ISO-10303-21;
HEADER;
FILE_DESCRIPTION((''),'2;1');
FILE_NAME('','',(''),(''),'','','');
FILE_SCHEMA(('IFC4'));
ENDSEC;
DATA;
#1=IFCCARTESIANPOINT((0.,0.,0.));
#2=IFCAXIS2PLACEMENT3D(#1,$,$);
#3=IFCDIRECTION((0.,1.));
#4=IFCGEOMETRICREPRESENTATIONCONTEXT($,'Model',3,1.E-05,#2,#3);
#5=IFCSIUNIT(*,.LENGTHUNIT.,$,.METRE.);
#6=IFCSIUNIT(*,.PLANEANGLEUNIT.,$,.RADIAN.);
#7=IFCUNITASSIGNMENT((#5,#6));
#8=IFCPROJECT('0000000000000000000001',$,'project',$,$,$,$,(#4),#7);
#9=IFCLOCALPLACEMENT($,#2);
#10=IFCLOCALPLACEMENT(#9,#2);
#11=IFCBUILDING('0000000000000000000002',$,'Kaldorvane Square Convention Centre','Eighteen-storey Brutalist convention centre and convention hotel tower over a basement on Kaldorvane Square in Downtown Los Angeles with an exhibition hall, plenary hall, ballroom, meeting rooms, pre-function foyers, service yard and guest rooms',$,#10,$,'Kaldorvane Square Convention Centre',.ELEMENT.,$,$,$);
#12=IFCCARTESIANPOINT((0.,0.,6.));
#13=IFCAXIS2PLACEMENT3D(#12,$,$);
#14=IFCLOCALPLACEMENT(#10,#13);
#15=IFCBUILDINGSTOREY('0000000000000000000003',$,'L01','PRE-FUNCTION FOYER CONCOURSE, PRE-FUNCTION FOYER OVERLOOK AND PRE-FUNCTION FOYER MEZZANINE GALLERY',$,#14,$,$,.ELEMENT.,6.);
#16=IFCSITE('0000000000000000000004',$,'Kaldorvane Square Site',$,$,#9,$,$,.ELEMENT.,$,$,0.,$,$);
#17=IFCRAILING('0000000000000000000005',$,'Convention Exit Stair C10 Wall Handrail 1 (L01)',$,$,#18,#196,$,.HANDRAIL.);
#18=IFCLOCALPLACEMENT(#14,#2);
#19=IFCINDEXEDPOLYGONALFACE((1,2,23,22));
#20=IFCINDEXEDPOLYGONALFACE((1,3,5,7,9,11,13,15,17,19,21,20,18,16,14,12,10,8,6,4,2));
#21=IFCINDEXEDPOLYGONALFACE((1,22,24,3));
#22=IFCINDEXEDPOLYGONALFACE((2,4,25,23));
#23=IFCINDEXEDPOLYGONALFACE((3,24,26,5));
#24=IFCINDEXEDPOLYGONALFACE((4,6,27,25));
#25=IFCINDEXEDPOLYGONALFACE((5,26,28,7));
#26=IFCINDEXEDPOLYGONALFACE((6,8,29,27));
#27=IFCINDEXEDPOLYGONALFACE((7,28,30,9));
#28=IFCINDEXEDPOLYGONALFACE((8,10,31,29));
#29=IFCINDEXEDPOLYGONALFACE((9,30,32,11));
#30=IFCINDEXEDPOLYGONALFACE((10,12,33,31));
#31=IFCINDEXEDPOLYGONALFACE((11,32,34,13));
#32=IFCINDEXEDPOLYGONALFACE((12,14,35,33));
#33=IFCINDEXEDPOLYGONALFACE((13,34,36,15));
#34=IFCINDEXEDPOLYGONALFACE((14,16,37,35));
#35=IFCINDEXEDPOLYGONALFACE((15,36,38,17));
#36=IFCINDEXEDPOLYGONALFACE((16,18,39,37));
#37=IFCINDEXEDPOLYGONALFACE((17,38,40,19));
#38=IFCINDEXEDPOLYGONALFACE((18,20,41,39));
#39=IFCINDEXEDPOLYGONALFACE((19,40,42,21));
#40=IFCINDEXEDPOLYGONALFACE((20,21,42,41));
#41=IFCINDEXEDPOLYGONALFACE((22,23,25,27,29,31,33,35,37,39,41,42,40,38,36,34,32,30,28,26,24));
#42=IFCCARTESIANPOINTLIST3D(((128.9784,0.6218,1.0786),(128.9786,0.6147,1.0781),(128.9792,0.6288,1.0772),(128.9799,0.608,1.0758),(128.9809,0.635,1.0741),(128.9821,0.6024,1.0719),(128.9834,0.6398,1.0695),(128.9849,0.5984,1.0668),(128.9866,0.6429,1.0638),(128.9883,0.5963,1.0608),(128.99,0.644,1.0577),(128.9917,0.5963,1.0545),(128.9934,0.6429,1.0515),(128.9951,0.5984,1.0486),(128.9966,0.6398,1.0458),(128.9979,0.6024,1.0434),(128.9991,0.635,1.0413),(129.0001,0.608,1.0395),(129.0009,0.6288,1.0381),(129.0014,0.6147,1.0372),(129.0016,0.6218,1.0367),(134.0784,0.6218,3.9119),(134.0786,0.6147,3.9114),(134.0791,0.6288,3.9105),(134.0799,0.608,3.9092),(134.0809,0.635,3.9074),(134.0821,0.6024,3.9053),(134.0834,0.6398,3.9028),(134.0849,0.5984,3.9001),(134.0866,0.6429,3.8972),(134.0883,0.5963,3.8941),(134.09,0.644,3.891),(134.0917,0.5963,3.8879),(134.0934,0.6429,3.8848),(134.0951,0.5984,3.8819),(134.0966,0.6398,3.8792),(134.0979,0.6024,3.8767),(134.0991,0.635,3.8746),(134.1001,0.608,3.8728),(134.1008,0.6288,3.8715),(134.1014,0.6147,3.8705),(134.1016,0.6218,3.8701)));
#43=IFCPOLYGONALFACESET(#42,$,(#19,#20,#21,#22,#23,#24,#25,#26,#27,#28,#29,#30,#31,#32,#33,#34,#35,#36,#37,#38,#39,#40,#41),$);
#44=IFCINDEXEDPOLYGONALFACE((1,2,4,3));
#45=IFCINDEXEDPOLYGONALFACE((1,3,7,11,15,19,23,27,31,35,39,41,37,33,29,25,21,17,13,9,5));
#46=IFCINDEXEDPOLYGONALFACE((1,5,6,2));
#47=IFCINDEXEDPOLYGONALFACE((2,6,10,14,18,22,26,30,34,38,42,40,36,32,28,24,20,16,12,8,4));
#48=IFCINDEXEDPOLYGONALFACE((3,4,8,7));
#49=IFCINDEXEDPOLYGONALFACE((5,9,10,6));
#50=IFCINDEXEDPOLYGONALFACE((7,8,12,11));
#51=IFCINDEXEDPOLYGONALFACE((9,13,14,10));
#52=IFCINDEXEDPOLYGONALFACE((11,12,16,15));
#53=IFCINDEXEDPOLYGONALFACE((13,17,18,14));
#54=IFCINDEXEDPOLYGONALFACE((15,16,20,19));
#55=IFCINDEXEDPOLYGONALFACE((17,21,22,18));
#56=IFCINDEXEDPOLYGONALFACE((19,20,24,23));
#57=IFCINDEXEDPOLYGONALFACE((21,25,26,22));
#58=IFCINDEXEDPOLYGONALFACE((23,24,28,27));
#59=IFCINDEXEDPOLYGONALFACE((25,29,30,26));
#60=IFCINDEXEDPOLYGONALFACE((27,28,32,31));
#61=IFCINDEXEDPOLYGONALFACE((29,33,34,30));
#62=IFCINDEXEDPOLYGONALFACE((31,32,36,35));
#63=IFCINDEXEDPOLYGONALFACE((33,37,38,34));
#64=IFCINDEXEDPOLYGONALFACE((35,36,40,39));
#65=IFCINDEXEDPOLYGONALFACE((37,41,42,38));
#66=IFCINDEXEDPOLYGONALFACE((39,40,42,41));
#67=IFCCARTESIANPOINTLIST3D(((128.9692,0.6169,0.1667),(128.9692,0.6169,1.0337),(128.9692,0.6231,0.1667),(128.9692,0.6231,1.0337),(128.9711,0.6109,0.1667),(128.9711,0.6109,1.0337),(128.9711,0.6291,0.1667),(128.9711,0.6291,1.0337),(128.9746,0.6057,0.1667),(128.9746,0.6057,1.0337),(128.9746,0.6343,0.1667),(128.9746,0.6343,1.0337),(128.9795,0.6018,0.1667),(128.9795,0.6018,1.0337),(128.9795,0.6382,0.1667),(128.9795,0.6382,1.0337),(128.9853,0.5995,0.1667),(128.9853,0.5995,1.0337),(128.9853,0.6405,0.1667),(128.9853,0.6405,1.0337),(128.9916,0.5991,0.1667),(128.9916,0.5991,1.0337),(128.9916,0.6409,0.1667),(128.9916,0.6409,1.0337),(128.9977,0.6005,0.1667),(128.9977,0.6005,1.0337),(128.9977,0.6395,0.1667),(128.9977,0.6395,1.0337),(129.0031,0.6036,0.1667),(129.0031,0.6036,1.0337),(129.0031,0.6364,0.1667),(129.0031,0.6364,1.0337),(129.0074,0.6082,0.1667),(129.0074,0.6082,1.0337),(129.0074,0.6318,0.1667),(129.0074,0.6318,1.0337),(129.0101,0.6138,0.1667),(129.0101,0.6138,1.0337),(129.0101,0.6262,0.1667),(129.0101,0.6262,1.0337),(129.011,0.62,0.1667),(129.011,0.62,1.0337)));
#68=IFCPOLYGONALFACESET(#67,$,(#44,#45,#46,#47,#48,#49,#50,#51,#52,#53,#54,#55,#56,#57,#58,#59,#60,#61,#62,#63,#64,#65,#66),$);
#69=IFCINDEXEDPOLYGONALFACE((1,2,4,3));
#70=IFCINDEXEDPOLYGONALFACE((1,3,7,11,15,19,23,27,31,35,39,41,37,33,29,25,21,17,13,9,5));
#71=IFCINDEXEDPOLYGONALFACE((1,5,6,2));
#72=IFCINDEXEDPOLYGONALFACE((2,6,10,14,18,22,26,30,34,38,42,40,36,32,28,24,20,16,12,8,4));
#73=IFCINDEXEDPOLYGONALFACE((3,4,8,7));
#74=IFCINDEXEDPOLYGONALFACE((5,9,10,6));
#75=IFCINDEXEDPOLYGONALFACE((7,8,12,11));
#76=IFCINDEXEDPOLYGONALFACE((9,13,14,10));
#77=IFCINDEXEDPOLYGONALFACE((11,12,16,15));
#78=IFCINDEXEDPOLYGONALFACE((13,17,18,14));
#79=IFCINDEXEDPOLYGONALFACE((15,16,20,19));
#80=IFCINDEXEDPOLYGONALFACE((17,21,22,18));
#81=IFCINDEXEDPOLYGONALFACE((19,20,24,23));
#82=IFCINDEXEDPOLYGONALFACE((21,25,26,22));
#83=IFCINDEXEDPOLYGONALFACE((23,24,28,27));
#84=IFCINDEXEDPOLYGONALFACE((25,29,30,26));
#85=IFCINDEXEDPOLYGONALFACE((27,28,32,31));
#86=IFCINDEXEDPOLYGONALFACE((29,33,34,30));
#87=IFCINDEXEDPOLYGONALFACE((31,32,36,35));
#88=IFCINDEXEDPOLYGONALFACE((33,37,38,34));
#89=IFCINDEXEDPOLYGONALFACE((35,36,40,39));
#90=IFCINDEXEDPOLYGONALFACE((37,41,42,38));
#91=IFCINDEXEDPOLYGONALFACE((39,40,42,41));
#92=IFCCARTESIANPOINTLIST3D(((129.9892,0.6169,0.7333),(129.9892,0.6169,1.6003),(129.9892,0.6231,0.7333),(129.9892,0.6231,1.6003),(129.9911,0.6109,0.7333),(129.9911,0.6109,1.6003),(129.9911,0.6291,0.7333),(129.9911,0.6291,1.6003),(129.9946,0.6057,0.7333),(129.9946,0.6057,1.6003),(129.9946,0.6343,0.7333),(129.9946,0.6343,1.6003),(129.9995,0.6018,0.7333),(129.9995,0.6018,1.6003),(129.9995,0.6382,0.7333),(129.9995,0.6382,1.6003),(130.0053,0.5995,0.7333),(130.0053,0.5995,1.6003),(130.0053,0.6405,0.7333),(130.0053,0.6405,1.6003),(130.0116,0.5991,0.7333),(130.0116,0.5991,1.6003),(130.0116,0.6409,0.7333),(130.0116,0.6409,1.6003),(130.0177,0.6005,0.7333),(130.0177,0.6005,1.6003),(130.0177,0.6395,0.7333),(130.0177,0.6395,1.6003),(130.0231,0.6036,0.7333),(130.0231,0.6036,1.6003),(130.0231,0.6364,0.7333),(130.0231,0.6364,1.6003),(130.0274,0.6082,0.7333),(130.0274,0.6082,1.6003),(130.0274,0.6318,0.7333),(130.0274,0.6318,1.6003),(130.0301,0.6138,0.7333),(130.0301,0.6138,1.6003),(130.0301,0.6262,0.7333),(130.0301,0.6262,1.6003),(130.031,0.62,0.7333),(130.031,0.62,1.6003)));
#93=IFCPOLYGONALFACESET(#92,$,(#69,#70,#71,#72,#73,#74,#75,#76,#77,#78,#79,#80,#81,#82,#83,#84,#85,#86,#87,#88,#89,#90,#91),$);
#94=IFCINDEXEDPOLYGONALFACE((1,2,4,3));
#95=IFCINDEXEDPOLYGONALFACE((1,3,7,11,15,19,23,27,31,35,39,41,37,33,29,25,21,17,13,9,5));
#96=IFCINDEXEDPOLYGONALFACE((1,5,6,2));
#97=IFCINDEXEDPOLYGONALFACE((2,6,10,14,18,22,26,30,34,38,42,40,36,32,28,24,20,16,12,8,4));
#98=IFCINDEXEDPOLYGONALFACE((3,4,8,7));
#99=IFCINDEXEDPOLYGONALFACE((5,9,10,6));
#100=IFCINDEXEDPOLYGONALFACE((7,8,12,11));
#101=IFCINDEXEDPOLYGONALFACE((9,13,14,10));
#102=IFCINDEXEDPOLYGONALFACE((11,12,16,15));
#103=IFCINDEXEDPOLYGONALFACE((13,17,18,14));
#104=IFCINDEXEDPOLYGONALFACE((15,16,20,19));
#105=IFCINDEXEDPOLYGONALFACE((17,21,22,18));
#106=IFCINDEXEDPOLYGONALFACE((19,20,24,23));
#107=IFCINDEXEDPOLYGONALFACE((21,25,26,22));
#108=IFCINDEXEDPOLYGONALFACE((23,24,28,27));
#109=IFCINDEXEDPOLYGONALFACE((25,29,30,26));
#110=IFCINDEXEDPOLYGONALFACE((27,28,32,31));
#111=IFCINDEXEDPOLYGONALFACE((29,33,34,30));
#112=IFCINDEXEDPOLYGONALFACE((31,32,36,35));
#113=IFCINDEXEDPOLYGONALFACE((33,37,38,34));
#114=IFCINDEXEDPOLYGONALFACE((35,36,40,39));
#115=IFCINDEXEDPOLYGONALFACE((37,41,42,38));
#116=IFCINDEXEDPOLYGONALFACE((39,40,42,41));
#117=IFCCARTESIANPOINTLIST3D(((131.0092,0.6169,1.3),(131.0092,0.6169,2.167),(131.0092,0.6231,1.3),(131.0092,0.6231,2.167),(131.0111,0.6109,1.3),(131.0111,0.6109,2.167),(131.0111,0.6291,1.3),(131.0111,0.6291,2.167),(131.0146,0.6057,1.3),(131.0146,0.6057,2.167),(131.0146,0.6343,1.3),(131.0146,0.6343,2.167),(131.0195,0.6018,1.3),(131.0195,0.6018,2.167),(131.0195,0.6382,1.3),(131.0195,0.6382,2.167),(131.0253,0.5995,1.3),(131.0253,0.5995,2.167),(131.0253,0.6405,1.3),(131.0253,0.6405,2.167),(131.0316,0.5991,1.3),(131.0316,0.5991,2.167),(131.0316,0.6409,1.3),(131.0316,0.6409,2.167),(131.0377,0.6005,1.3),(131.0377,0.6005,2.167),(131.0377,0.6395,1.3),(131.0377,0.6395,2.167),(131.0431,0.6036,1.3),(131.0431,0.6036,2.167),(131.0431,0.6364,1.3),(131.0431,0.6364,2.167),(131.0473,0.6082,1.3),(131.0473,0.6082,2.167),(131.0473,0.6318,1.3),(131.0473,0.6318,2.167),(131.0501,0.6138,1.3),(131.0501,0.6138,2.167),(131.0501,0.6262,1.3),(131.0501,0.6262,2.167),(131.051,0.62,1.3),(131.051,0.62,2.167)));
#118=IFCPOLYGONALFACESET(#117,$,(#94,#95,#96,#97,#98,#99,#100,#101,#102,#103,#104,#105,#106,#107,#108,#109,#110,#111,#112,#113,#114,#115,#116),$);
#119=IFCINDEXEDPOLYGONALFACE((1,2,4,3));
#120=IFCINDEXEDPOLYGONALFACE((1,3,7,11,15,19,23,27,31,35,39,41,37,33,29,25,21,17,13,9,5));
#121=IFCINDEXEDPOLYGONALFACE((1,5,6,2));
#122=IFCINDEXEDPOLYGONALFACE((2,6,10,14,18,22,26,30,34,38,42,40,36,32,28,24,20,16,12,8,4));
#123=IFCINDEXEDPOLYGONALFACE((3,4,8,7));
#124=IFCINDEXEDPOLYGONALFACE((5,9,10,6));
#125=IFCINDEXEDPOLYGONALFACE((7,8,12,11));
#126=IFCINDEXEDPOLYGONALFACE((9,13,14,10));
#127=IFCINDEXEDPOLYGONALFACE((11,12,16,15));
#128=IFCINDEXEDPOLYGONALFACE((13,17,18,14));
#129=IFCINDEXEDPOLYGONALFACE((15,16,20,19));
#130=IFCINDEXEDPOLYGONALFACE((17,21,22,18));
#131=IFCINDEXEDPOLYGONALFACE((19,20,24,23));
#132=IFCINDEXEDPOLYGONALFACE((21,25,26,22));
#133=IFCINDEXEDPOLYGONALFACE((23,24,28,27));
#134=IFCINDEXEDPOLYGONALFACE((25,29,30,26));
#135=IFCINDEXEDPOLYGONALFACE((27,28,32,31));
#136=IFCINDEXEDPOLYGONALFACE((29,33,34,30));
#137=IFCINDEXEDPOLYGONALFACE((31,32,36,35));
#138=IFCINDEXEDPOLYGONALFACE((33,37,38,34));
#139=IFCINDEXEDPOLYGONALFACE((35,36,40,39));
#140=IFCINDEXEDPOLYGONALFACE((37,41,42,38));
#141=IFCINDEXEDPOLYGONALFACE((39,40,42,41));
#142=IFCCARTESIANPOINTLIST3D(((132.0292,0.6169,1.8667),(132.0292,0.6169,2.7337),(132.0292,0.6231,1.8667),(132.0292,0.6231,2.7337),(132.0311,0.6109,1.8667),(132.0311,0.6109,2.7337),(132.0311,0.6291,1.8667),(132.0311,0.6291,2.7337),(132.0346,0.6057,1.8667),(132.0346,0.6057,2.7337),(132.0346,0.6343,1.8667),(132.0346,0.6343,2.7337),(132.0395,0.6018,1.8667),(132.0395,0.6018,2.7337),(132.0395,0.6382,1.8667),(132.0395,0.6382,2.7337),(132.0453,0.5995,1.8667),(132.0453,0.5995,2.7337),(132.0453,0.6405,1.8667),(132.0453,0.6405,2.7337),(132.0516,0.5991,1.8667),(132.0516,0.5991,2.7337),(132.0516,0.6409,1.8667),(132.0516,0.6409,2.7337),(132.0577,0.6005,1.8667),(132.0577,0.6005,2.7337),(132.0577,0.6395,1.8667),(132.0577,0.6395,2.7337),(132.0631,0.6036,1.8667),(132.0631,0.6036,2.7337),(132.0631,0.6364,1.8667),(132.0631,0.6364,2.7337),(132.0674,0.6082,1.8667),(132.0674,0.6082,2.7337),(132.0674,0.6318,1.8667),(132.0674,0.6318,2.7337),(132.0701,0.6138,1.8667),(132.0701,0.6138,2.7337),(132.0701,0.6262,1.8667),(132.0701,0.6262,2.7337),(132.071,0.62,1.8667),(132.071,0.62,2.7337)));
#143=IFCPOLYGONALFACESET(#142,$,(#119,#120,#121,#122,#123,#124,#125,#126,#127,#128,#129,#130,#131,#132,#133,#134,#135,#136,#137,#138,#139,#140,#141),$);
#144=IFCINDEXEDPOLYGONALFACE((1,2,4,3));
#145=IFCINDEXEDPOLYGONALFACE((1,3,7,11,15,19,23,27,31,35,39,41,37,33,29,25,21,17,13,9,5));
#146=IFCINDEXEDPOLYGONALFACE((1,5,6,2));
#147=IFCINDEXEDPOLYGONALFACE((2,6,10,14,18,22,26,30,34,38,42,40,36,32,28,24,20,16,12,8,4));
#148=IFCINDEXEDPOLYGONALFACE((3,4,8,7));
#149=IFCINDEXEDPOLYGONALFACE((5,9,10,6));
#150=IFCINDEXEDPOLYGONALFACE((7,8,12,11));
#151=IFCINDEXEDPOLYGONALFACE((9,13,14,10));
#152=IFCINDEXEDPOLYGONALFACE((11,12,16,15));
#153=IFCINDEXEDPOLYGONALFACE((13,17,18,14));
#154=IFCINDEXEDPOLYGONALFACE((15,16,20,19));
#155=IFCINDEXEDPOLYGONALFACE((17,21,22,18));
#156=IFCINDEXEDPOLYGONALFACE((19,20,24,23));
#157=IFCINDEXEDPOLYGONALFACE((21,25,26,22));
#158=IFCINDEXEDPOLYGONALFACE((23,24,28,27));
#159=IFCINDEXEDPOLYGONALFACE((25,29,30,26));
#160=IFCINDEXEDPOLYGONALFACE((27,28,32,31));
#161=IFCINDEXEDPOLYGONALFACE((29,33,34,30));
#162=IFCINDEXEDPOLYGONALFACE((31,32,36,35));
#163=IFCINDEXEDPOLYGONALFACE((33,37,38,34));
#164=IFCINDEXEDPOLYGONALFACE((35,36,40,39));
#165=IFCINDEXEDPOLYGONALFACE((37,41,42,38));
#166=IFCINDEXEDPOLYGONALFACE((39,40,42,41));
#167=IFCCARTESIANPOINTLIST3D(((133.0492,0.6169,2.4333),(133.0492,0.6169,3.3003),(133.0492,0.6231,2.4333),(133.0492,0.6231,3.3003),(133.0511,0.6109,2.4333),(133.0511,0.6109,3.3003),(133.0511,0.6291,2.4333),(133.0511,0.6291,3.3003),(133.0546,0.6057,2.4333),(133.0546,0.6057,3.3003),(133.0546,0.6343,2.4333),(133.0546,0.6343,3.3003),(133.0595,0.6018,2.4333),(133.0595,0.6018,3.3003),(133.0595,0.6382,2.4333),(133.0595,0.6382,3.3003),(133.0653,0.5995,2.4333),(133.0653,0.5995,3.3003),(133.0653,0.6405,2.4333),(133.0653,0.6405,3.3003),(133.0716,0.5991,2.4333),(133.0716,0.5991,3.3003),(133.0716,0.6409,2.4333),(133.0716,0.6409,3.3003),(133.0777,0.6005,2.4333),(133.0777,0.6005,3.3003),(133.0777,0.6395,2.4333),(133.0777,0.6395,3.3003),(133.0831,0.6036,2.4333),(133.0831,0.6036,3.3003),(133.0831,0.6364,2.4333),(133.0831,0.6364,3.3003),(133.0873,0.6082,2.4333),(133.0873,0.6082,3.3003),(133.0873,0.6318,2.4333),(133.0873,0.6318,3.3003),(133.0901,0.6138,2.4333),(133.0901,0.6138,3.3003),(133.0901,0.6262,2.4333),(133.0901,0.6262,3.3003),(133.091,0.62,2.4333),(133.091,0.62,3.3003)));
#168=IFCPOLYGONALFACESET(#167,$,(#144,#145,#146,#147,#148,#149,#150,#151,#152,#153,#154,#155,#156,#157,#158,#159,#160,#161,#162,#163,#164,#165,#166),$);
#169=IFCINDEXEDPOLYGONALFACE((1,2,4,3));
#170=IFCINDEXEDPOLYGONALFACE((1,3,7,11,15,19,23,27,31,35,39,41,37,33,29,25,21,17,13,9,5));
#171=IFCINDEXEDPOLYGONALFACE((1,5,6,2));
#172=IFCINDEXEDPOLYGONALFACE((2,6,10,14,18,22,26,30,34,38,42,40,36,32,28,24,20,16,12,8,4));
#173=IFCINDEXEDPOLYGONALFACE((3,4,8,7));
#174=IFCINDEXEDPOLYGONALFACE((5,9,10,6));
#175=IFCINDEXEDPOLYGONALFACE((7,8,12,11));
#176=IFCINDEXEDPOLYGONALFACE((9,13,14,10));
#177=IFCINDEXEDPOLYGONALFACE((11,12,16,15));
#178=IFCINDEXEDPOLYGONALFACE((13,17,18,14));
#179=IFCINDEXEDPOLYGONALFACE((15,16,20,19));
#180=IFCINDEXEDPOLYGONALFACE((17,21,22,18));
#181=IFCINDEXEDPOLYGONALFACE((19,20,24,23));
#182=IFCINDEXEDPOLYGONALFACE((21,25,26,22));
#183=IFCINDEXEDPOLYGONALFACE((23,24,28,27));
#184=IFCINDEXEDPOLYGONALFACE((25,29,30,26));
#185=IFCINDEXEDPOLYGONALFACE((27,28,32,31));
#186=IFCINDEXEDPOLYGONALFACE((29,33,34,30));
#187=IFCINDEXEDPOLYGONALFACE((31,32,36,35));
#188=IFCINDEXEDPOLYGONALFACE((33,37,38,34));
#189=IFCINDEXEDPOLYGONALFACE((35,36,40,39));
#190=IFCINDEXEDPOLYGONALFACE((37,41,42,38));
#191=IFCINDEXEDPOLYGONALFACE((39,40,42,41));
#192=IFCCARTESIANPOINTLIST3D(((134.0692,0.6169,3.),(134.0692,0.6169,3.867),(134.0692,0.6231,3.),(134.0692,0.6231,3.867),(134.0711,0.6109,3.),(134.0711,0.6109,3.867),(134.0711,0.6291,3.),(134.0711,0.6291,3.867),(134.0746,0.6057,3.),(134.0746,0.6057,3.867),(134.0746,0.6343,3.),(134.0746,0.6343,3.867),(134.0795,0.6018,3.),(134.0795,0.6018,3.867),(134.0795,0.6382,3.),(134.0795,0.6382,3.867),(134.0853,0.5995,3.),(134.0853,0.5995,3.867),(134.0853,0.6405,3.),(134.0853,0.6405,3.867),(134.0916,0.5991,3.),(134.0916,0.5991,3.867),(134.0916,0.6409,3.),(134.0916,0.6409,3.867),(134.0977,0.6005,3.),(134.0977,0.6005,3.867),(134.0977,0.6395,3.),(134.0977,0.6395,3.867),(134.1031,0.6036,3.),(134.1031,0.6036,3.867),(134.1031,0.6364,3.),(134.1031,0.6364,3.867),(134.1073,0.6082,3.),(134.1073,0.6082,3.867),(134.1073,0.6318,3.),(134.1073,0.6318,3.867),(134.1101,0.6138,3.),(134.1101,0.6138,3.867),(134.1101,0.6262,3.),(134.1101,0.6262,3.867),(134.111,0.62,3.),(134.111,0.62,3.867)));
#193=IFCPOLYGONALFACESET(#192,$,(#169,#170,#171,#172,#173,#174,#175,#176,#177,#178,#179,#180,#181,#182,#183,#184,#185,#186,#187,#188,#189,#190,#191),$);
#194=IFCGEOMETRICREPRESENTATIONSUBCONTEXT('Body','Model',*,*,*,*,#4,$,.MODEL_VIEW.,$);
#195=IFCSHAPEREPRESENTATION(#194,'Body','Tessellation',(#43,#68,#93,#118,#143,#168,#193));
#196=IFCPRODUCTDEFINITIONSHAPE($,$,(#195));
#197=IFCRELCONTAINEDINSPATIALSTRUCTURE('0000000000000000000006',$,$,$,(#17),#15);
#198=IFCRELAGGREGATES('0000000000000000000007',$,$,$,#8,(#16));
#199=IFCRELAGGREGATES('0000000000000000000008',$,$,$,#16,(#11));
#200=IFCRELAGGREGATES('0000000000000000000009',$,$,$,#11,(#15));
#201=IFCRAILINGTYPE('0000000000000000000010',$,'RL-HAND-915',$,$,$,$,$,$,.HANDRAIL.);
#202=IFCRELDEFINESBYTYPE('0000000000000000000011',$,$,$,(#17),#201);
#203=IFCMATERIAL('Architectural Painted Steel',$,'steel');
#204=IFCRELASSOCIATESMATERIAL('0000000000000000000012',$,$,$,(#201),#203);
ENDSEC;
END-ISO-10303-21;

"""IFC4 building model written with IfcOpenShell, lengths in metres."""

from ifc_helpers import new_model, si_unit, direction, frame, origin, origin_2d, place, context, subcontext, project, spatial, circle, extrude, material, type_object, element, save


model = new_model("IFC4")

# Units and contexts
model_context = context("Model", 3, precision=1e-05, world=origin(), true_north=direction((0.0, 1.0)))
body_context = subcontext(model_context, "Body", "Model", "MODEL_VIEW")
ifc_project = project(units=[si_unit("LENGTHUNIT", "METRE"), si_unit("PLANEANGLEUNIT", "RADIAN")], contexts=[model_context])

# Site, building, storey
site_placement = place(None, origin())
site = spatial("IfcSite", under=ifc_project, at=site_placement, Name="Kaldorvane Square Site", CompositionType="ELEMENT", RefElevation=0.0)
building_placement = place(site_placement, origin())
building = spatial("IfcBuilding", under=site, at=building_placement, Name="Kaldorvane Square Convention Centre", Description="Eighteen-storey Brutalist convention centre and convention hotel tower over a basement on Kaldorvane Square in Downtown Los Angeles with an exhibition hall, plenary hall, ballroom, meeting rooms, pre-function foyers, service yard and guest rooms", LongName="Kaldorvane Square Convention Centre", CompositionType="ELEMENT")
storey_placement = place(building_placement, frame((0.0, 0.0, 6.0)))
storey = spatial("IfcBuildingStorey", under=building, at=storey_placement, Name="L01", Description="PRE-FUNCTION FOYER CONCOURSE, PRE-FUNCTION FOYER OVERLOOK AND PRE-FUNCTION FOYER MEZZANINE GALLERY", CompositionType="ELEMENT", Elevation=6.0)

# Railing
ifc_material_1 = material(Name="Architectural Painted Steel", Category="steel")
railing_type_1 = type_object("IfcRailingType", Name="RL-HAND-915", PredefinedType="HANDRAIL", material=ifc_material_1)
railing_1_placement = place(storey_placement, frame((128.99, 0.62, 0.1667)))
element("IfcRailing", 1, at=railing_1_placement, inside=storey, type_object=railing_type_1, Name="Convention Exit Stair C10 Wall Handrail 1 (L01)", PredefinedType="HANDRAIL", context=body_context, shape_type="SweptSolid", body=[
    extrude(circle(Radius=0.024, at=origin_2d()), frame((0.0, 0.0, 0.891), z_axis=(0.874157, 0.0, 0.485643), x_axis=(0.0, 1.0, 0.0)), (0.0, 0.0, 1.0), 5.8342),
    extrude(circle(Radius=0.021, at=origin_2d()), origin(), (0.0, 0.0, 1.0), 0.867),
    extrude(circle(Radius=0.021, at=origin_2d()), frame((1.02, 0.0, 0.5667)), (0.0, 0.0, 1.0), 0.867),
    extrude(circle(Radius=0.021, at=origin_2d()), frame((2.04, 0.0, 1.1333)), (0.0, 0.0, 1.0), 0.867),
    extrude(circle(Radius=0.021, at=origin_2d()), frame((3.06, 0.0, 1.7)), (0.0, 0.0, 1.0), 0.867),
    extrude(circle(Radius=0.021, at=origin_2d()), frame((4.08, 0.0, 2.2667)), (0.0, 0.0, 1.0), 0.867),
    extrude(circle(Radius=0.021, at=origin_2d()), frame((5.1, 0.0, 2.8333)), (0.0, 0.0, 1.0), 0.867),
])

save(model, "model.ifc")
